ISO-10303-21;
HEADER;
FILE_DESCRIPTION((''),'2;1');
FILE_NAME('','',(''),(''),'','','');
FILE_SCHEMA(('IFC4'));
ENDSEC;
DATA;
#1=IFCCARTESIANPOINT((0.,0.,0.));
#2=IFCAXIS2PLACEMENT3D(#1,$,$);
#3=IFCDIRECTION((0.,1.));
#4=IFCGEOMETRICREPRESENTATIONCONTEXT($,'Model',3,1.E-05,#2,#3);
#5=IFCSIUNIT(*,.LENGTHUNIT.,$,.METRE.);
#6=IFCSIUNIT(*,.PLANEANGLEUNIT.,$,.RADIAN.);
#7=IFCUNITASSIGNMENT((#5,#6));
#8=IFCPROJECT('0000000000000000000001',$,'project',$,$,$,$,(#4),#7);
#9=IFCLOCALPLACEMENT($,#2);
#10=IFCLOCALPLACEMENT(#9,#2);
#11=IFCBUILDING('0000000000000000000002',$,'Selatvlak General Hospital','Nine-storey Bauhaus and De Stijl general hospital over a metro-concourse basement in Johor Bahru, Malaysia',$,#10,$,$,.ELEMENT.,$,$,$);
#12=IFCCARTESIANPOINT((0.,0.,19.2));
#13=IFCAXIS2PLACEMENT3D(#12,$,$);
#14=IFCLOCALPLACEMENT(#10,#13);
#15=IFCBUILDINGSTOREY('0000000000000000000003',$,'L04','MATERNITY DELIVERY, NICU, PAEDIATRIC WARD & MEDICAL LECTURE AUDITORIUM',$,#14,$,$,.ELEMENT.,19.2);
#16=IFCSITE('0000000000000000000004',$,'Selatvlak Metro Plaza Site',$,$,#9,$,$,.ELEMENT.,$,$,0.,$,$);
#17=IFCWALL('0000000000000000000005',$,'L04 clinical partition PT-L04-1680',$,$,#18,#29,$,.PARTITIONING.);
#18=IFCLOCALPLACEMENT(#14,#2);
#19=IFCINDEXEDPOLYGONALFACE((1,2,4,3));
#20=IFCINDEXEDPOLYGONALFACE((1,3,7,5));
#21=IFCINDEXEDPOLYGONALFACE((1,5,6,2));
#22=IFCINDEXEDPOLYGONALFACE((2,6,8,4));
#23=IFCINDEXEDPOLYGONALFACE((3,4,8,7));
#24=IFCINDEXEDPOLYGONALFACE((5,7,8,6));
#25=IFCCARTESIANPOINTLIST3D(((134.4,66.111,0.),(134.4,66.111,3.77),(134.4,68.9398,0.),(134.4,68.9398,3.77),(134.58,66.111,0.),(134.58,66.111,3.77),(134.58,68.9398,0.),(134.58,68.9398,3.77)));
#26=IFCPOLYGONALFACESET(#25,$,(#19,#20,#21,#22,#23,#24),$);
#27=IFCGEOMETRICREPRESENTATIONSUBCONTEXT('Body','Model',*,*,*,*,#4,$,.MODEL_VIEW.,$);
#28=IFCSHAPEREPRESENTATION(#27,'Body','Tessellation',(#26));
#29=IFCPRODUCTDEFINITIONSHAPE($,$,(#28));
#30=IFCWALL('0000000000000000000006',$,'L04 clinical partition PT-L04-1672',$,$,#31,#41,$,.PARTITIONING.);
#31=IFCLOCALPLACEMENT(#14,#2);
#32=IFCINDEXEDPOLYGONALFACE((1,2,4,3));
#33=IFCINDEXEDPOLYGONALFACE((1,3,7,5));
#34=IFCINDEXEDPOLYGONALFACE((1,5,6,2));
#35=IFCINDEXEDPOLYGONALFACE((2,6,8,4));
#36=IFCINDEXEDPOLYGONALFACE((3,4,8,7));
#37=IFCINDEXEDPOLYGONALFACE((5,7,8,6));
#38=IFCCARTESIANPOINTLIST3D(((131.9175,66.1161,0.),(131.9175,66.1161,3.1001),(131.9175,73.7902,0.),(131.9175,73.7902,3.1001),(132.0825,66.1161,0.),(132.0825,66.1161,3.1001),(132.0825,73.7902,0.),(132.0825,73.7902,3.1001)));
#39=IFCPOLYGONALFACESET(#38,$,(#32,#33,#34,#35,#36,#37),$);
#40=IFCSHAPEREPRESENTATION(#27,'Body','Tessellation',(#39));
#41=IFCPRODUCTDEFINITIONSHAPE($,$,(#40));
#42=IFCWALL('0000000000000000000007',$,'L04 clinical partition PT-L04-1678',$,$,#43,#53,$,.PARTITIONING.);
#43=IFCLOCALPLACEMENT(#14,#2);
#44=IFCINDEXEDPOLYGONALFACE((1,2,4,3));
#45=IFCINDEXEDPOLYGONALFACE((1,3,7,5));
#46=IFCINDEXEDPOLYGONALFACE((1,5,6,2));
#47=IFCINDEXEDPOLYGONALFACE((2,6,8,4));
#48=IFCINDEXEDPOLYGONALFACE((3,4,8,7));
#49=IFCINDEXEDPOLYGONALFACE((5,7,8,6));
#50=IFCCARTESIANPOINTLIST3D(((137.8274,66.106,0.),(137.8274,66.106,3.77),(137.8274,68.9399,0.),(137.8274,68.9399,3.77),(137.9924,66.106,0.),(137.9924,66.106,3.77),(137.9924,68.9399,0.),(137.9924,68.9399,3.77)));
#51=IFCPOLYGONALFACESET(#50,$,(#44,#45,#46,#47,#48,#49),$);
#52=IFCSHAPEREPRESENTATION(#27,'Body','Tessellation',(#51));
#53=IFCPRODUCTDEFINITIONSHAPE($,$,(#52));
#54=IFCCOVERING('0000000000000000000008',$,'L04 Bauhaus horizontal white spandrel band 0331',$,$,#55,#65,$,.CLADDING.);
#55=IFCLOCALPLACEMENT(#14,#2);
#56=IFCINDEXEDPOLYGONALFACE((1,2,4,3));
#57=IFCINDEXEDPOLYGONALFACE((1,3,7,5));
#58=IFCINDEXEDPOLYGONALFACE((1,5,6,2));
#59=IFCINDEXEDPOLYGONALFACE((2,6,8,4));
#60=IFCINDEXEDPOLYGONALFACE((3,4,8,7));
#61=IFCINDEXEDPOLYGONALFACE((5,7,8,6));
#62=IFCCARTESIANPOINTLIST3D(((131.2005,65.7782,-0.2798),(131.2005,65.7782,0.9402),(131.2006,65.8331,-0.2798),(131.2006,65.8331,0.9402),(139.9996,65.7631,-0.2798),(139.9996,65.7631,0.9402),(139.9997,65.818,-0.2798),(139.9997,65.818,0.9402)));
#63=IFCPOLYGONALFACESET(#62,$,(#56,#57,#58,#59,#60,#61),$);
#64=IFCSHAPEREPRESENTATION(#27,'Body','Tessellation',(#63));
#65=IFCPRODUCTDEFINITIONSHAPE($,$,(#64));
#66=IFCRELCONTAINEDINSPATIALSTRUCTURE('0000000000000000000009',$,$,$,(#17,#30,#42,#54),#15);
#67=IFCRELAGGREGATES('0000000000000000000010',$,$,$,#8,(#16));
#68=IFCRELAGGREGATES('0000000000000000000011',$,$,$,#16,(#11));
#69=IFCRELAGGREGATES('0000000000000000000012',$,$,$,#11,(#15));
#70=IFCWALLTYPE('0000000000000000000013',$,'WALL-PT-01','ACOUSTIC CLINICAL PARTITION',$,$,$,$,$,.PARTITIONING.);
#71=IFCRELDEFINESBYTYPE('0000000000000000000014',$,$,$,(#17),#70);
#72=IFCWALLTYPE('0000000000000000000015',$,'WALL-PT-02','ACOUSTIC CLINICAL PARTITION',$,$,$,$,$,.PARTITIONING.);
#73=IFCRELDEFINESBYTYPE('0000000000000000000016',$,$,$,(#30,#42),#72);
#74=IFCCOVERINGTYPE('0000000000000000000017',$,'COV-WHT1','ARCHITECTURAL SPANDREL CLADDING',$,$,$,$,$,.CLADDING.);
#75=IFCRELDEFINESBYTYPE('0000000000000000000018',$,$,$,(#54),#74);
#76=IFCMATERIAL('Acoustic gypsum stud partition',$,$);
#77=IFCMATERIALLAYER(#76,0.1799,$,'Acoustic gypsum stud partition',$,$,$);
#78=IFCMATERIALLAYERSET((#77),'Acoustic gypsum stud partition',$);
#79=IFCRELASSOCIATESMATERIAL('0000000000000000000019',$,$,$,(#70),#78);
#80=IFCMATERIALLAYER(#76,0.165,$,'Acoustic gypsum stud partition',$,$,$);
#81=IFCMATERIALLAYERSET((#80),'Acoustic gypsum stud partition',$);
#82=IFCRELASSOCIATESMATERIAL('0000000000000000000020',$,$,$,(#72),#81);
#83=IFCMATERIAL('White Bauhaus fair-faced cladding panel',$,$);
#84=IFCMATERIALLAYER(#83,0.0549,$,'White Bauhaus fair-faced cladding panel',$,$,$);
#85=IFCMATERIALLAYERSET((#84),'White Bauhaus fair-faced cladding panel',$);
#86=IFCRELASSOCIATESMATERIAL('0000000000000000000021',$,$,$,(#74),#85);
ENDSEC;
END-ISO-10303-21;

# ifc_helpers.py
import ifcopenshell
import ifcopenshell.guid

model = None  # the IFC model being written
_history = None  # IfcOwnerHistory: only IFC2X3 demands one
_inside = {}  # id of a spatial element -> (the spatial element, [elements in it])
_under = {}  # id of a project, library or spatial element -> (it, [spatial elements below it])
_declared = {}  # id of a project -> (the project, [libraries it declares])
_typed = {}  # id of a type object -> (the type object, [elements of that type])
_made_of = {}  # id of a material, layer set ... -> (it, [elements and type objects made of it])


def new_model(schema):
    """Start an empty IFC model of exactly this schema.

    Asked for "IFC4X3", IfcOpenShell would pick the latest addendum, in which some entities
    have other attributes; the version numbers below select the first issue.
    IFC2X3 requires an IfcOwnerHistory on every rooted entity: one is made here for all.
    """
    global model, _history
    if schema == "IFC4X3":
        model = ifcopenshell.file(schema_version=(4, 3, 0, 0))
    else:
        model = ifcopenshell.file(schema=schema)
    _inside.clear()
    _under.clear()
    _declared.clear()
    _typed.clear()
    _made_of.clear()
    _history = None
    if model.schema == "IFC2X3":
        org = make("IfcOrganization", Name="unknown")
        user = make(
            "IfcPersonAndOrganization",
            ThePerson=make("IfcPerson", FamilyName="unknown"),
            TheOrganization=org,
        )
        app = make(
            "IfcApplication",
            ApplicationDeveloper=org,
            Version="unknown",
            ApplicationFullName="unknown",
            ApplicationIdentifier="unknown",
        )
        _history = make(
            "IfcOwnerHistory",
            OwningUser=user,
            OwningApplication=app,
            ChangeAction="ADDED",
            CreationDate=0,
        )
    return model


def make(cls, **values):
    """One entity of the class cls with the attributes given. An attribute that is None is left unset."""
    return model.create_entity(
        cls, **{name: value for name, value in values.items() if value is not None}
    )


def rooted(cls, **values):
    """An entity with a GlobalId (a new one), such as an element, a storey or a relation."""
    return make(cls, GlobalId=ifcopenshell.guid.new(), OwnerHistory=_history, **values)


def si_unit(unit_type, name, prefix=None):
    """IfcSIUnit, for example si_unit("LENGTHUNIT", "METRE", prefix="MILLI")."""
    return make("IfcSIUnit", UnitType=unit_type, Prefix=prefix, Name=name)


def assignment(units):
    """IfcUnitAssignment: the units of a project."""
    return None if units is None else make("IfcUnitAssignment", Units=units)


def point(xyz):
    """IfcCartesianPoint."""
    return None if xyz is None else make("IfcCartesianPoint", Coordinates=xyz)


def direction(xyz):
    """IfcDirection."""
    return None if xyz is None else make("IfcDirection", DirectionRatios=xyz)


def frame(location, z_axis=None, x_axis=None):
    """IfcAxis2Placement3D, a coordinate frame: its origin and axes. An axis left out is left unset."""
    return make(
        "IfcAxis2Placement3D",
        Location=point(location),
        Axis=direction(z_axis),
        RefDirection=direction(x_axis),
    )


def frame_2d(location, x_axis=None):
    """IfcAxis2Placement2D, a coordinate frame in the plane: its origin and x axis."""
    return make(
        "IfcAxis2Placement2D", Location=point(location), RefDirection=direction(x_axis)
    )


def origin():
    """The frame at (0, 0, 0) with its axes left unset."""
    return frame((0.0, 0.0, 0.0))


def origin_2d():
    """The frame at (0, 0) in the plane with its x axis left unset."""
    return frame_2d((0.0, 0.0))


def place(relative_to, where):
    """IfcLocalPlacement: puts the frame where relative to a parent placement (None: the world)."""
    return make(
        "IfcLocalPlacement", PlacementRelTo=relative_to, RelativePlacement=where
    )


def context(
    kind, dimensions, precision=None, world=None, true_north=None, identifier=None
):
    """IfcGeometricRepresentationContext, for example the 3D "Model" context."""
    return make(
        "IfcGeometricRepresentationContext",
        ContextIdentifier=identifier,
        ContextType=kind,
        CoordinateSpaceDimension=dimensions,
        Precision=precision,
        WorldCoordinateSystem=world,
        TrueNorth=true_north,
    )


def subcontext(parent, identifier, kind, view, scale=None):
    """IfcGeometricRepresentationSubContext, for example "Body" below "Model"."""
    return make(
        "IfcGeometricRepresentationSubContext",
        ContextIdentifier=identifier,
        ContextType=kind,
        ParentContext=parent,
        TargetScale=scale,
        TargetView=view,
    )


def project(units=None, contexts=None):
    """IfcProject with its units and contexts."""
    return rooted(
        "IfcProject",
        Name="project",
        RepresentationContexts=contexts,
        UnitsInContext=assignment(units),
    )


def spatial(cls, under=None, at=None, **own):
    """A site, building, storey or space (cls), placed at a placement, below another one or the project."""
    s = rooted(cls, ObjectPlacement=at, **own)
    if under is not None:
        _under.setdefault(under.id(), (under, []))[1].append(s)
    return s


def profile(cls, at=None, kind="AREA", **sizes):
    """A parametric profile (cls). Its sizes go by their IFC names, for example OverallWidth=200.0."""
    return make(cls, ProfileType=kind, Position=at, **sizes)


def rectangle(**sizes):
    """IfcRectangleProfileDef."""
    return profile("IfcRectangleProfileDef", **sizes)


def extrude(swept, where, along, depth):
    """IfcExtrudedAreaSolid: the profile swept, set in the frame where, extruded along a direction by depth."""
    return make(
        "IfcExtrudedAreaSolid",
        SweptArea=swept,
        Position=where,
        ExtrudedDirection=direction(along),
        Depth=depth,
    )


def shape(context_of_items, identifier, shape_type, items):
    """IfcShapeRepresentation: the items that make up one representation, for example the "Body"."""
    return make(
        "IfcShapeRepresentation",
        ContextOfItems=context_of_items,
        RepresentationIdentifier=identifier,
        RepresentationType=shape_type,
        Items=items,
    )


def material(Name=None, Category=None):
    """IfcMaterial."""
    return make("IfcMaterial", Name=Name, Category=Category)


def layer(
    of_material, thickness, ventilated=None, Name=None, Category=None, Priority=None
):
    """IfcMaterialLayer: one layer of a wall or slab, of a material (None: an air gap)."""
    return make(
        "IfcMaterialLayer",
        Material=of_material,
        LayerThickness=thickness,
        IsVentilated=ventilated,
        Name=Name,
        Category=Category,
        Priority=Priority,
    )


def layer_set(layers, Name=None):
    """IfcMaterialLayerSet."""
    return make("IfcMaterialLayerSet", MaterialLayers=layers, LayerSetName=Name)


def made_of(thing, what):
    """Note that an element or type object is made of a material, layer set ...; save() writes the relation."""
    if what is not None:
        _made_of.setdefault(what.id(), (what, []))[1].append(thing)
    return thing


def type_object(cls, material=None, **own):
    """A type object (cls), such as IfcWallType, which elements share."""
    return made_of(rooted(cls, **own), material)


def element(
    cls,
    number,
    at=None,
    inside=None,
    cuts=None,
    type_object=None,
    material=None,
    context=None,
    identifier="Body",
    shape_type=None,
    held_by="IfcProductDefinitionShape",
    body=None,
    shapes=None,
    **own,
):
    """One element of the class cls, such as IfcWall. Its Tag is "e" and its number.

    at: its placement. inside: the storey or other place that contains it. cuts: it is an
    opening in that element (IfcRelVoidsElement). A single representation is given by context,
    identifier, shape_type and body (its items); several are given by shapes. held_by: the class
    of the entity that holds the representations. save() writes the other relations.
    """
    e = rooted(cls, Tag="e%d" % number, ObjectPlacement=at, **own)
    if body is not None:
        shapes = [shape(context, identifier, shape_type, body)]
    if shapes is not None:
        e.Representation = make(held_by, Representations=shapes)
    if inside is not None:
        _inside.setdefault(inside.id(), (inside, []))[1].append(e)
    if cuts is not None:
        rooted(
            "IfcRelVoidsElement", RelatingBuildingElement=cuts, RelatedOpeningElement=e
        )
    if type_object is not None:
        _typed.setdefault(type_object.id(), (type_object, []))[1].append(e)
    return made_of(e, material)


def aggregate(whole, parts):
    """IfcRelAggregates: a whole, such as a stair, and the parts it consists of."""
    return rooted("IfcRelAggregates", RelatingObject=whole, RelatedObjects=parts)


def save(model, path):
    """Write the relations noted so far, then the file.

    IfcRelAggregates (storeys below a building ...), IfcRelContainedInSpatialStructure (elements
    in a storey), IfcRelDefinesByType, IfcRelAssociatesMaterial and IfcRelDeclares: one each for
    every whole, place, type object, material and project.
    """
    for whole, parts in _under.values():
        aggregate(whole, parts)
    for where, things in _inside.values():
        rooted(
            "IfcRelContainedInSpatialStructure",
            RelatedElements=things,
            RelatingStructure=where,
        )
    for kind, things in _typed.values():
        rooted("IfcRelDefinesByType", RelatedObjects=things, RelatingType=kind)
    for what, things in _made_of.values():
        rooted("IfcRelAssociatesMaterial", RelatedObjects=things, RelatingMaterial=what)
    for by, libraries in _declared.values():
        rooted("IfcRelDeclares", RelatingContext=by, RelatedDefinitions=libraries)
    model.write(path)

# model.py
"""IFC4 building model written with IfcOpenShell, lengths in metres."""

from ifc_helpers import new_model, si_unit, direction, frame, frame_2d, origin, origin_2d, place, context, subcontext, project, spatial, rectangle, extrude, material, layer, layer_set, type_object, element, save


model = new_model("IFC4")

# Units and contexts
model_context = context("Model", 3, precision=1e-05, world=origin(), true_north=direction((0.0, 1.0)))
body_context = subcontext(model_context, "Body", "Model", "MODEL_VIEW")
ifc_project = project(units=[si_unit("LENGTHUNIT", "METRE"), si_unit("PLANEANGLEUNIT", "RADIAN")], contexts=[model_context])

# Site, building, storey
site_placement = place(None, origin())
site = spatial("IfcSite", under=ifc_project, at=site_placement, Name="Selatvlak Metro Plaza Site", CompositionType="ELEMENT", RefElevation=0.0)
building_placement = place(site_placement, origin())
building = spatial("IfcBuilding", under=site, at=building_placement, Name="Selatvlak General Hospital", Description="Nine-storey Bauhaus and De Stijl general hospital over a metro-concourse basement in Johor Bahru, Malaysia", CompositionType="ELEMENT")
storey_placement = place(building_placement, frame((0.0, 0.0, 19.2)))
storey = spatial("IfcBuildingStorey", under=building, at=storey_placement, Name="L04", Description="MATERNITY DELIVERY, NICU, PAEDIATRIC WARD & MEDICAL LECTURE AUDITORIUM", CompositionType="ELEMENT", Elevation=19.2)

# Walls
ifc_material_1 = material(Name="Acoustic gypsum stud partition")
ifc_layer_1 = layer(ifc_material_1, 0.1799, Name="Acoustic gypsum stud partition")
ifc_layer_set_1 = layer_set([ifc_layer_1], Name="Acoustic gypsum stud partition")
wall_type_1 = type_object("IfcWallType", Name="WALL-PT-01", Description="ACOUSTIC CLINICAL PARTITION", PredefinedType="PARTITIONING", material=ifc_layer_set_1)
wall_1_placement = place(storey_placement, frame((134.49, 68.9399, 0.0), z_axis=(0.0, 0.0, 1.0), x_axis=(0.0, -1.0, 0.0)))
element("IfcWall", 1, at=wall_1_placement, inside=storey, type_object=wall_type_1, Name="L04 clinical partition PT-L04-1680", PredefinedType="PARTITIONING", context=body_context, shape_type="SweptSolid", body=[
    extrude(rectangle(XDim=2.8289, YDim=0.1799, at=frame_2d((1.4146, 0.0))), origin(), (0.0, 0.0, 1.0), 3.77),
])
ifc_layer_2 = layer(ifc_material_1, 0.165, Name="Acoustic gypsum stud partition")
ifc_layer_set_2 = layer_set([ifc_layer_2], Name="Acoustic gypsum stud partition")
wall_type_2 = type_object("IfcWallType", Name="WALL-PT-02", Description="ACOUSTIC CLINICAL PARTITION", PredefinedType="PARTITIONING", material=ifc_layer_set_2)
wall_2_placement = place(storey_placement, frame((132.0, 73.79, 0.0), z_axis=(0.0, 0.0, 1.0), x_axis=(0.0, -1.0, 0.0)))
element("IfcWall", 2, at=wall_2_placement, inside=storey, type_object=wall_type_2, Name="L04 clinical partition PT-L04-1672", PredefinedType="PARTITIONING", context=body_context, shape_type="SweptSolid", body=[
    extrude(rectangle(XDim=7.6741, YDim=0.165, at=frame_2d((3.8369, 0.0))), origin(), (0.0, 0.0, 1.0), 3.1001),
])
wall_3_placement = place(storey_placement, frame((137.9099, 66.106, 0.0), z_axis=(0.0, 0.0, 1.0), x_axis=(0.0, 1.0, 0.0)))
element("IfcWall", 3, at=wall_3_placement, inside=storey, type_object=wall_type_2, Name="L04 clinical partition PT-L04-1678", PredefinedType="PARTITIONING", context=body_context, shape_type="SweptSolid", body=[
    extrude(rectangle(XDim=2.834, YDim=0.165, at=frame_2d((1.417, 0.0))), origin(), (0.0, 0.0, 1.0), 3.77),
])

# Covering
ifc_material_2 = material(Name="White Bauhaus fair-faced cladding panel")
ifc_layer_3 = layer(ifc_material_2, 0.0549, Name="White Bauhaus fair-faced cladding panel")
ifc_layer_set_3 = layer_set([ifc_layer_3], Name="White Bauhaus fair-faced cladding panel")
covering_type = type_object("IfcCoveringType", Name="COV-WHT1", Description="ARCHITECTURAL SPANDREL CLADDING", PredefinedType="CLADDING", material=ifc_layer_set_3)
covering_placement = place(storey_placement, frame((135.6001, 65.7981, -0.2798), z_axis=(0.0, 0.0, 1.0), x_axis=(-0.999999, 0.00171, 0.0)))
element("IfcCovering", 4, at=covering_placement, inside=storey, type_object=covering_type, Name="L04 Bauhaus horizontal white spandrel band 0331", PredefinedType="CLADDING", context=body_context, shape_type="SweptSolid", body=[
    extrude(rectangle(XDim=8.7991, YDim=0.0549, at=origin_2d()), origin(), (0.0, 0.0, 1.0), 1.22),
])

save(model, "model.ifc")
